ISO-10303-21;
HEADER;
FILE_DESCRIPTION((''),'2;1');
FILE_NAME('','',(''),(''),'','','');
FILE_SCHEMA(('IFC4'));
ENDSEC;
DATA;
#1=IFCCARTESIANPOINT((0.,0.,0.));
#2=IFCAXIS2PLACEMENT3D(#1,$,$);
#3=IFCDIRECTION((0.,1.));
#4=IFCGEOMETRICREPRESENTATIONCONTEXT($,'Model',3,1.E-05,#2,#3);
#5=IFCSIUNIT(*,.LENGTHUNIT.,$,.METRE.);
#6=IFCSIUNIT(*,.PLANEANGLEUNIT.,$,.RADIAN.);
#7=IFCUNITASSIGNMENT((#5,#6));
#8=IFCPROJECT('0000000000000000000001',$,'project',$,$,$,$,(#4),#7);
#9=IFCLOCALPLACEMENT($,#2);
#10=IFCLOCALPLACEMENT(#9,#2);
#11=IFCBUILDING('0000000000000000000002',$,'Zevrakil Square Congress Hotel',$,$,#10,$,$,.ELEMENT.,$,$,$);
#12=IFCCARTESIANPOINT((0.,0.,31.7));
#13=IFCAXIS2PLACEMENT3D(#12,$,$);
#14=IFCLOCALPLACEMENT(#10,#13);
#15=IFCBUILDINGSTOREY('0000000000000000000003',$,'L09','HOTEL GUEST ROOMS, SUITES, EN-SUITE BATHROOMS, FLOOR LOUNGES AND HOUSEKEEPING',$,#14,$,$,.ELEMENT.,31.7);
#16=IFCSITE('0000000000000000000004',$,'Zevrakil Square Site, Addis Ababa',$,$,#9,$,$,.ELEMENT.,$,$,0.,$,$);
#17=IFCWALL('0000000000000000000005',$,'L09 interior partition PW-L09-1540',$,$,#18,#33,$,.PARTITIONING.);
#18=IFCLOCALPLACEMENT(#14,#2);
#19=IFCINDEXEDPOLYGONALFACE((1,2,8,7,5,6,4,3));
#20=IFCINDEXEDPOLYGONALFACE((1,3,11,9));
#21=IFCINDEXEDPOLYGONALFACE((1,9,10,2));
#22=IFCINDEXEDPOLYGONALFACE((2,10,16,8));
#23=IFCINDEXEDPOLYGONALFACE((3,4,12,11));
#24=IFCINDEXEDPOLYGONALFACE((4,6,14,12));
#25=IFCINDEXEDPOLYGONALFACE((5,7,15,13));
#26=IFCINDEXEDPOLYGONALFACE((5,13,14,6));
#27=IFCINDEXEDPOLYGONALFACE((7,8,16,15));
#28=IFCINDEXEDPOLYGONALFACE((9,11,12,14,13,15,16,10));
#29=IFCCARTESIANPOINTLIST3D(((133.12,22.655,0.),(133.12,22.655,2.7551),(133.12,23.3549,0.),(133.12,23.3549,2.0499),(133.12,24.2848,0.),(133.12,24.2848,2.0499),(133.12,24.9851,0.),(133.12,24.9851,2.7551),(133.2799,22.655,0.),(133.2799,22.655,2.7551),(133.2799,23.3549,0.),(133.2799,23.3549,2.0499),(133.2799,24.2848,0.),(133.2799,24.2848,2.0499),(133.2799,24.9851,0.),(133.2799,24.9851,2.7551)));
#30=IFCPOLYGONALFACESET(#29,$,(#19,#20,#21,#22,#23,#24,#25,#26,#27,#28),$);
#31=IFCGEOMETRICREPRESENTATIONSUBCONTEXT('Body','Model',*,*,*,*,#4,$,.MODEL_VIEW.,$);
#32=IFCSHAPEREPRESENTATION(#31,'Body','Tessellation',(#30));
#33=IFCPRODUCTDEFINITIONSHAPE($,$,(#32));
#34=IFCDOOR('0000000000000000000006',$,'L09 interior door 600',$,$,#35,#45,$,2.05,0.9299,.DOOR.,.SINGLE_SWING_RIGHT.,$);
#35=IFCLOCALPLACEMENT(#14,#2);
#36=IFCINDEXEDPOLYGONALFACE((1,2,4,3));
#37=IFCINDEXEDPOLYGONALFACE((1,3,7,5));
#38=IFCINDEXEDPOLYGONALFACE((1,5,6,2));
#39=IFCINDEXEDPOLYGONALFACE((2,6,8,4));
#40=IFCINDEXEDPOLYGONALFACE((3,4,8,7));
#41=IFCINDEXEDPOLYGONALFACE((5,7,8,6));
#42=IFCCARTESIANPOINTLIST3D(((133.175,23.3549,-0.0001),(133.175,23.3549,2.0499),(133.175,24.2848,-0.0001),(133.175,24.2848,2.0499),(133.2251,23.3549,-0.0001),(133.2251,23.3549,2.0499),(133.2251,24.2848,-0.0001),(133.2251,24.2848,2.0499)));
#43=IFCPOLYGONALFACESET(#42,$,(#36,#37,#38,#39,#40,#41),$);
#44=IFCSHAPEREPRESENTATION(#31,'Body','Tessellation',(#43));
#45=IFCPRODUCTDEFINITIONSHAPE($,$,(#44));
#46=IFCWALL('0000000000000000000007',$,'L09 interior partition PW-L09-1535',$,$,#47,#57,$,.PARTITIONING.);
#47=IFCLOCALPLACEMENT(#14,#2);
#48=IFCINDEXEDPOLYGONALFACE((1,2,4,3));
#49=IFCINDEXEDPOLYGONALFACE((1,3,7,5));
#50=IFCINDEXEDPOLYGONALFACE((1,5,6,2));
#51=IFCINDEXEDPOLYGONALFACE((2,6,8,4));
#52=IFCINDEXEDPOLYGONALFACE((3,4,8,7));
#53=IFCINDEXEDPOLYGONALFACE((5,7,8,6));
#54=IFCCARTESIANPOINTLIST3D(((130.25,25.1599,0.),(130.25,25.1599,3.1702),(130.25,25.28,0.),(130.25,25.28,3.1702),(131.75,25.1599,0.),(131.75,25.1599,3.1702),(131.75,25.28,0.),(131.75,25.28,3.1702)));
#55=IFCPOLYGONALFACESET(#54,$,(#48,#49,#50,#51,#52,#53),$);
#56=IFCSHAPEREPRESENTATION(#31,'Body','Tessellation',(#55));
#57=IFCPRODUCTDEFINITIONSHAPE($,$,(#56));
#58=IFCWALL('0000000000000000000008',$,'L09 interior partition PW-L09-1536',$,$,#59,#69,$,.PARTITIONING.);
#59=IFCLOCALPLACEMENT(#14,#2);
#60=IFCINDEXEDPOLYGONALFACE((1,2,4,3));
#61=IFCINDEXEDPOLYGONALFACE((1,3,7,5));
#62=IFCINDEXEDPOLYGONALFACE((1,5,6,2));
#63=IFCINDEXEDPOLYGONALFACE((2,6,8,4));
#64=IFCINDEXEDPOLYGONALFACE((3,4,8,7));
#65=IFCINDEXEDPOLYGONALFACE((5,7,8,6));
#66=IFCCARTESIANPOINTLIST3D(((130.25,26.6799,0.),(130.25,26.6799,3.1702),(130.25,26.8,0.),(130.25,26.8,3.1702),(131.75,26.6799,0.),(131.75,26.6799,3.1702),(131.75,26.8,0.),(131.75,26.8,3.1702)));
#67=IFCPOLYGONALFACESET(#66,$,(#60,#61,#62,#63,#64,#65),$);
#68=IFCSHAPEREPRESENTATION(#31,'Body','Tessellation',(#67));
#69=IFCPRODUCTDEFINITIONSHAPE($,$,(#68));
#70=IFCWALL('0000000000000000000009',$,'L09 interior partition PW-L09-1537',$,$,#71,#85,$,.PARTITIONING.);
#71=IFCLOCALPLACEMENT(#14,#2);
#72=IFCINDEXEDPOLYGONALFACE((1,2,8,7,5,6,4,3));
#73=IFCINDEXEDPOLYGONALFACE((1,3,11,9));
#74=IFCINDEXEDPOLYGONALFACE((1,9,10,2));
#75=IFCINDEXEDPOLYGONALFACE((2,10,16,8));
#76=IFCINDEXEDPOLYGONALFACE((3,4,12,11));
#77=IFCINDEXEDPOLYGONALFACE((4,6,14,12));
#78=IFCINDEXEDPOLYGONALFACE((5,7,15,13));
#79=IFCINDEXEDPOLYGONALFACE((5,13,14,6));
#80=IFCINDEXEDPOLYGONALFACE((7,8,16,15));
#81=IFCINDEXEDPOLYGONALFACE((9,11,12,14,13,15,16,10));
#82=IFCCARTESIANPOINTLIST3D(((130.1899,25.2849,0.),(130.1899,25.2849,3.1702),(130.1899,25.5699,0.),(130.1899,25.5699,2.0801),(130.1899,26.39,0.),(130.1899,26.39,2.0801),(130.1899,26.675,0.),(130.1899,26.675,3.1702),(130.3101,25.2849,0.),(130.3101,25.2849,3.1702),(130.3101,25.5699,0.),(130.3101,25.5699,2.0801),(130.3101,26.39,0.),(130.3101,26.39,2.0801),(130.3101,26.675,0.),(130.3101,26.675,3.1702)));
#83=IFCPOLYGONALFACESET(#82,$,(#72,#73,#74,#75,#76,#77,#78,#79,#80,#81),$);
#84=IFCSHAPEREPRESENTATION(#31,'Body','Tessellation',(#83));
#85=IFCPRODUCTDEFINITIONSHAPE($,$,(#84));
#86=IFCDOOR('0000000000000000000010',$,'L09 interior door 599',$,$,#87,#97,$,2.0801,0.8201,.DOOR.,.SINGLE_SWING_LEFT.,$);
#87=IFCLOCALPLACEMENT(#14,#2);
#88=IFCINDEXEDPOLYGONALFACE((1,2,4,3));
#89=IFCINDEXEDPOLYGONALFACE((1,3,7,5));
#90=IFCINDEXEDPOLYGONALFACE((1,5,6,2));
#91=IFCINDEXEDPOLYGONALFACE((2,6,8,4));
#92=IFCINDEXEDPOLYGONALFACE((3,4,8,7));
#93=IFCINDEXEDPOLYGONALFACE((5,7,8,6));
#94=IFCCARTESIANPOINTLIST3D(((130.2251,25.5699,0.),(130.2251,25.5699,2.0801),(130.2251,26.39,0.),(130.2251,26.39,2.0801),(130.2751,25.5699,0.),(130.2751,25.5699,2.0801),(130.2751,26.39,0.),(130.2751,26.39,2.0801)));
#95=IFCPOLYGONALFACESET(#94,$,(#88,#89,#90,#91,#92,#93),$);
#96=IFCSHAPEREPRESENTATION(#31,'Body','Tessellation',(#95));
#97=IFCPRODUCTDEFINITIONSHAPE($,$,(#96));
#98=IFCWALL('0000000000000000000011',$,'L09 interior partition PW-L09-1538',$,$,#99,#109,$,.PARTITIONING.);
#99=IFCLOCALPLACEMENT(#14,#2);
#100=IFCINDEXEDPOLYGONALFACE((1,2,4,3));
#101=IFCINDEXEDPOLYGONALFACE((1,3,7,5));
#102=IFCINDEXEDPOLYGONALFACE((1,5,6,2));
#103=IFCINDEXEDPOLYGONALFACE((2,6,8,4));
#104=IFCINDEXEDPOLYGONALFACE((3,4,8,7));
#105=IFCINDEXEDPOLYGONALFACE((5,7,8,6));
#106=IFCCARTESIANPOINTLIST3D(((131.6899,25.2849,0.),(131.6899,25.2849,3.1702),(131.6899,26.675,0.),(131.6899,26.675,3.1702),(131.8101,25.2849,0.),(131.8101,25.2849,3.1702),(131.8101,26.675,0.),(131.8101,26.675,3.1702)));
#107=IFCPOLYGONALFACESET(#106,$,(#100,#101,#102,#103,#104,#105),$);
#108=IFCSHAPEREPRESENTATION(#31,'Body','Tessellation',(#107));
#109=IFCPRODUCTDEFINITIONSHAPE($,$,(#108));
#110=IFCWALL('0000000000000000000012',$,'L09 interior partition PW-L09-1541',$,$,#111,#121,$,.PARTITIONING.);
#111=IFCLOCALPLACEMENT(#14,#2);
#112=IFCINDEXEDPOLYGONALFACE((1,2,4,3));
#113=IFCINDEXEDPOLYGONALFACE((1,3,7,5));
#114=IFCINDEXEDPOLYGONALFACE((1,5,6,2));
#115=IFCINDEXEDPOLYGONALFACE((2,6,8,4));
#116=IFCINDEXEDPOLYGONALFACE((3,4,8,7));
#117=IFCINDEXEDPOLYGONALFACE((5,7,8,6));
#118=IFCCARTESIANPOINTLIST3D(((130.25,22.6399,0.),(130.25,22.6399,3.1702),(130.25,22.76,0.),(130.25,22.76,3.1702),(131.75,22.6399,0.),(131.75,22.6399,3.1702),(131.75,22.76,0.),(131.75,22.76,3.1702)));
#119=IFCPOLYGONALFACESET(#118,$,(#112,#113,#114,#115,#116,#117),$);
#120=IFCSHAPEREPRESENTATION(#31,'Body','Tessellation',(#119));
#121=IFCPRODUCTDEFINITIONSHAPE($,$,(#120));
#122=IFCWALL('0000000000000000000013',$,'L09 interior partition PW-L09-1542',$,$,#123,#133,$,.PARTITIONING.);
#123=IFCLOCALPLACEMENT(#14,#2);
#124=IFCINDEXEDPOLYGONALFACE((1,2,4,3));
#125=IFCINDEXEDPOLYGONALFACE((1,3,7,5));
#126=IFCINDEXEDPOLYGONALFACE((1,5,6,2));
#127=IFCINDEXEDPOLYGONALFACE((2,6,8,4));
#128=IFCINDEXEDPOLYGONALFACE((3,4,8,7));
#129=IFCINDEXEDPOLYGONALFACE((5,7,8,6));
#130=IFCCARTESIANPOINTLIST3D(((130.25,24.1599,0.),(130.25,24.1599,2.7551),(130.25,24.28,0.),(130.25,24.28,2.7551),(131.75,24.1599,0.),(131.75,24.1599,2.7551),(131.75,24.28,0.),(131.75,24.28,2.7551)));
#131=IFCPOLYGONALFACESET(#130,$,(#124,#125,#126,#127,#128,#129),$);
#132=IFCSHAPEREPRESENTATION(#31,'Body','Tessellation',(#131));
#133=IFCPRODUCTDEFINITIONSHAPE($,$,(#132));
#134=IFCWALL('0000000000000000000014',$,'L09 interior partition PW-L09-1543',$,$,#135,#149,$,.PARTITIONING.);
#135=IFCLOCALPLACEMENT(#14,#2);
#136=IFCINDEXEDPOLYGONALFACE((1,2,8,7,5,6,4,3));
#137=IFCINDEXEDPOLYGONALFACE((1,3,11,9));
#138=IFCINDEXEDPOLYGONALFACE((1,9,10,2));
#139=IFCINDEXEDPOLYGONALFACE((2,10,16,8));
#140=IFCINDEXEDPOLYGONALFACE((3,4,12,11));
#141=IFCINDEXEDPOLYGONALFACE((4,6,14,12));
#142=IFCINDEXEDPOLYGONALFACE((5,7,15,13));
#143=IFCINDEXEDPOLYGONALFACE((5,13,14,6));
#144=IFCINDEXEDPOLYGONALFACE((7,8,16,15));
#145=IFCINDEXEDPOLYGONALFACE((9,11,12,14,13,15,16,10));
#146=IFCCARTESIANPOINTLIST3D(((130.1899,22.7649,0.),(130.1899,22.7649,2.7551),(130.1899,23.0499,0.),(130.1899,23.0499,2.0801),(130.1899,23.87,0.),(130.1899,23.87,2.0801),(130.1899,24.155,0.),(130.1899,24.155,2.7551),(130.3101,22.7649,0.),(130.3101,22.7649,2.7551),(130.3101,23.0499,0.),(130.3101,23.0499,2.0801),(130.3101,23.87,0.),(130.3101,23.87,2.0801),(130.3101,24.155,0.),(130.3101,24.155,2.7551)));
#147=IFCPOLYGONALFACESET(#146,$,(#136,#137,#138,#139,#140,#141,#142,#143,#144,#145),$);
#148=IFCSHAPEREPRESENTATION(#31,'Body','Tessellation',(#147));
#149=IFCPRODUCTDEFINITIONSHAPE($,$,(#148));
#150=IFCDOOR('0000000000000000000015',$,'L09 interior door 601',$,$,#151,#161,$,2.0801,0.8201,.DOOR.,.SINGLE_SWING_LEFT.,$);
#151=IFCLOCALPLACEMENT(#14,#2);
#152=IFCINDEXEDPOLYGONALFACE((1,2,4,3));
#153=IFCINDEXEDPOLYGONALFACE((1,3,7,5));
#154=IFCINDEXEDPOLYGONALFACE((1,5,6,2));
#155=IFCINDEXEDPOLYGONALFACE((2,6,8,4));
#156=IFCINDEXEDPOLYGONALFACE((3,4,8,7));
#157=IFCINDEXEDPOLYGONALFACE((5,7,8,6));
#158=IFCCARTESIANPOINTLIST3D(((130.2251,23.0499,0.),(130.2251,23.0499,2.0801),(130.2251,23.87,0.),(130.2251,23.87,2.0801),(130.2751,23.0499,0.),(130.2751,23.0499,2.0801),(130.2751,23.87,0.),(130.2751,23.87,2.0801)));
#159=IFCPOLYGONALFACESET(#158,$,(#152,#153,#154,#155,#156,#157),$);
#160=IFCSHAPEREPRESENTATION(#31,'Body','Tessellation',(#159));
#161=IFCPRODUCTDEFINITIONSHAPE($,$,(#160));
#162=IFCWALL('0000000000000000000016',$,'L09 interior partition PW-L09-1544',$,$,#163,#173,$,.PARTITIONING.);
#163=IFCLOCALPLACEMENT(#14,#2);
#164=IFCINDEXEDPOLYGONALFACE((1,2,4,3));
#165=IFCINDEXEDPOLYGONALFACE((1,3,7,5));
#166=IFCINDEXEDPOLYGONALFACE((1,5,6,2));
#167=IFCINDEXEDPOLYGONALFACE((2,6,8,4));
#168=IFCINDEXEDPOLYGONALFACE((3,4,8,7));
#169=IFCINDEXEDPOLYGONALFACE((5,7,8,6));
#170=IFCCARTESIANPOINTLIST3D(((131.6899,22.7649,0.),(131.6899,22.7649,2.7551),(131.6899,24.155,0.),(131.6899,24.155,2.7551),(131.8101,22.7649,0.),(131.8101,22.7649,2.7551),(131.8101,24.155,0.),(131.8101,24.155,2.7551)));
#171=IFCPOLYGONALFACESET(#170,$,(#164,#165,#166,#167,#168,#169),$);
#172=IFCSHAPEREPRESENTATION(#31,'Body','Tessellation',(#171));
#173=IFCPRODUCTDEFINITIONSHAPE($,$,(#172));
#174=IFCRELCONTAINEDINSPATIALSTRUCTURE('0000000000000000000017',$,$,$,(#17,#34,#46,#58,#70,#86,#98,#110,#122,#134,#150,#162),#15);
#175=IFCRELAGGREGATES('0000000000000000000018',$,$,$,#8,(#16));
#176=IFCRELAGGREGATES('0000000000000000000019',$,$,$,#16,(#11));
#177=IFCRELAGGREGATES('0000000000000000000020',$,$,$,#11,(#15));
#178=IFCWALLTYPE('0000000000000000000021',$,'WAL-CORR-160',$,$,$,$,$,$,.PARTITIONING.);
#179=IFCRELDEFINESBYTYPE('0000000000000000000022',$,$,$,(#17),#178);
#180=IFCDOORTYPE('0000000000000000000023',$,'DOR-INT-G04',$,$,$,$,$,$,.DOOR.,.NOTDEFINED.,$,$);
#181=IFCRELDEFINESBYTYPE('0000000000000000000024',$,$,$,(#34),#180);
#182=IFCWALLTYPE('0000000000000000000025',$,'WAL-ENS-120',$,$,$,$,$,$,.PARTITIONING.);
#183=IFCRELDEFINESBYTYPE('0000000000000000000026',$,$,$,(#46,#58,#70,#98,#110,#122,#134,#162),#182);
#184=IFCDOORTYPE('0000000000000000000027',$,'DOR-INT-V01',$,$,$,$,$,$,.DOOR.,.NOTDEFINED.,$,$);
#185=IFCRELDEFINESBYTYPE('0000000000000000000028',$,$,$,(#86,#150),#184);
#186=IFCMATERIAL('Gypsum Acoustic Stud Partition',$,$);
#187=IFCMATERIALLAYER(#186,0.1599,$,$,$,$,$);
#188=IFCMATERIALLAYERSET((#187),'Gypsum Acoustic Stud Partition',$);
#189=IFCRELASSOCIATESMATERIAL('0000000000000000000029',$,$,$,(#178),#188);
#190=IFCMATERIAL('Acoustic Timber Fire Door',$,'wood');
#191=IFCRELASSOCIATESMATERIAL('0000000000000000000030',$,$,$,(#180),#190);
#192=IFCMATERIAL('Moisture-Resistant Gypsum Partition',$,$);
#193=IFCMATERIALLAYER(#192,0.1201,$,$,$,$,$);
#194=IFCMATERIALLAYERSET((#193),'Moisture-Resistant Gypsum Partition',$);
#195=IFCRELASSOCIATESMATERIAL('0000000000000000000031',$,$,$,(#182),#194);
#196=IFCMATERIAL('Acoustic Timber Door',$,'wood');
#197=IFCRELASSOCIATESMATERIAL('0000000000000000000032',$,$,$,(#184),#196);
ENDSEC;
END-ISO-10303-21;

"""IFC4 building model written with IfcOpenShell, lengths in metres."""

from ifc_helpers import new_model, si_unit, direction, frame, frame_2d, origin, place, context, subcontext, project, spatial, rectangle, extrude, material, layer, layer_set, type_object, element, fill, save


model = new_model("IFC4")

# Units and contexts
model_context = context("Model", 3, precision=1e-05, world=origin(), true_north=direction((0.0, 1.0)))
body_context = subcontext(model_context, "Body", "Model", "MODEL_VIEW")
ifc_project = project(units=[si_unit("LENGTHUNIT", "METRE"), si_unit("PLANEANGLEUNIT", "RADIAN")], contexts=[model_context])

# Site, building, storey
site_placement = place(None, origin())
site = spatial("IfcSite", under=ifc_project, at=site_placement, Name="Zevrakil Square Site, Addis Ababa", CompositionType="ELEMENT", RefElevation=0.0)
building_placement = place(site_placement, origin())
building = spatial("IfcBuilding", under=site, at=building_placement, Name="Zevrakil Square Congress Hotel", CompositionType="ELEMENT")
storey_placement = place(building_placement, frame((0.0, 0.0, 31.7)))
storey = spatial("IfcBuildingStorey", under=building, at=storey_placement, Name="L09", Description="HOTEL GUEST ROOMS, SUITES, EN-SUITE BATHROOMS, FLOOR LOUNGES AND HOUSEKEEPING", CompositionType="ELEMENT", Elevation=31.7)

# Wall, opening, door
ifc_material_1 = material(Name="Gypsum Acoustic Stud Partition")
ifc_layer_1 = layer(ifc_material_1, 0.1599)
ifc_layer_set_1 = layer_set([ifc_layer_1], Name="Gypsum Acoustic Stud Partition")
wall_type_1 = type_object("IfcWallType", Name="WAL-CORR-160", PredefinedType="PARTITIONING", material=ifc_layer_set_1)
wall_1_placement = place(storey_placement, frame((133.2, 22.655, 0.0), z_axis=(0.0, 0.0, 1.0), x_axis=(0.0, 1.0, 0.0)))
wall_1 = element("IfcWall", 1, at=wall_1_placement, inside=storey, type_object=wall_type_1, Name="L09 interior partition PW-L09-1540", PredefinedType="PARTITIONING", context=body_context, shape_type="SweptSolid", body=[
    extrude(rectangle(XDim=2.3301, YDim=0.1599, at=frame_2d((1.165, 0.0))), origin(), (0.0, 0.0, 1.0), 2.7551),
])
opening_1_placement = place(wall_1_placement, frame((0.7, 0.0, 0.0)))
opening_1 = element("IfcOpeningElement", 2, at=opening_1_placement, cuts=wall_1, PredefinedType="OPENING", context=body_context, shape_type="SweptSolid", body=[
    extrude(rectangle(XDim=0.9299, YDim=2.05, at=frame_2d((0.4648, 1.0249))), frame((0.0, 0.0898, 0.0), z_axis=(0.0, -1.0, 0.0), x_axis=(1.0, 0.0, 0.0)), (0.0, 0.0, 1.0), 0.1799),
])
ifc_material_2 = material(Name="Acoustic Timber Fire Door", Category="wood")
door_type_1 = type_object("IfcDoorType", Name="DOR-INT-G04", OperationType="NOTDEFINED", PredefinedType="DOOR", material=ifc_material_2)
door_1_placement = place(opening_1_placement, origin())
door_1 = element("IfcDoor", 3, at=door_1_placement, inside=storey, type_object=door_type_1, Name="L09 interior door 600", OperationType="SINGLE_SWING_RIGHT", OverallHeight=2.05, OverallWidth=0.9299, PredefinedType="DOOR", context=body_context, shape_type="SweptSolid", body=[
    extrude(rectangle(XDim=0.9299, YDim=2.05, at=frame_2d((0.4648, 1.0249))), frame((0.0, 0.0249, 0.0), z_axis=(0.0, -1.0, 0.0), x_axis=(1.0, 0.0, 0.0)), (0.0, 0.0, 1.0), 0.05),
])
fill(opening_1, door_1)

# Walls
ifc_material_3 = material(Name="Moisture-Resistant Gypsum Partition")
ifc_layer_2 = layer(ifc_material_3, 0.1201)
ifc_layer_set_2 = layer_set([ifc_layer_2], Name="Moisture-Resistant Gypsum Partition")
wall_type_2 = type_object("IfcWallType", Name="WAL-ENS-120", PredefinedType="PARTITIONING", material=ifc_layer_set_2)
for number, where, z_axis, x_axis, name in (
    (4, (130.25, 25.22, 0.0), (0.0, 0.0, 1.0), (1.0, 0.0, 0.0), "L09 interior partition PW-L09-1535"),
    (5, (130.25, 26.74, 0.0), (0.0, 0.0, 1.0), (1.0, 0.0, 0.0), "L09 interior partition PW-L09-1536"),
):
    element("IfcWall", number, at=place(storey_placement, frame(where, z_axis=z_axis, x_axis=x_axis)), inside=storey, type_object=wall_type_2, Name=name, PredefinedType="PARTITIONING", context=body_context, shape_type="SweptSolid", body=[
        extrude(rectangle(XDim=1.5, YDim=0.1201, at=frame_2d((0.75, 0.0))), origin(), (0.0, 0.0, 1.0), 3.1702),
    ])

# Wall, opening, door
wall_2_placement = place(storey_placement, frame((130.25, 25.2849, 0.0), z_axis=(0.0, 0.0, 1.0), x_axis=(0.0, 1.0, 0.0)))
wall_2 = element("IfcWall", 6, at=wall_2_placement, inside=storey, type_object=wall_type_2, Name="L09 interior partition PW-L09-1537", PredefinedType="PARTITIONING", context=body_context, shape_type="SweptSolid", body=[
    extrude(rectangle(XDim=1.3901, YDim=0.1201, at=frame_2d((0.6951, 0.0))), origin(), (0.0, 0.0, 1.0), 3.1702),
])
opening_2_placement = place(wall_2_placement, frame((0.2849, 0.0, 0.0)))
opening_2 = element("IfcOpeningElement", 7, at=opening_2_placement, cuts=wall_2, PredefinedType="OPENING", context=body_context, shape_type="SweptSolid", body=[
    extrude(rectangle(XDim=0.8201, YDim=2.0801, at=frame_2d((0.4102, 1.04))), frame((0.0, 0.0701, 0.0), z_axis=(0.0, -1.0, 0.0), x_axis=(1.0, 0.0, 0.0)), (0.0, 0.0, 1.0), 0.1401),
])
ifc_material_4 = material(Name="Acoustic Timber Door", Category="wood")
door_type_2 = type_object("IfcDoorType", Name="DOR-INT-V01", OperationType="NOTDEFINED", PredefinedType="DOOR", material=ifc_material_4)
door_2_placement = place(opening_2_placement, origin())
door_2 = element("IfcDoor", 8, at=door_2_placement, inside=storey, type_object=door_type_2, Name="L09 interior door 599", OperationType="SINGLE_SWING_LEFT", OverallHeight=2.0801, OverallWidth=0.8201, PredefinedType="DOOR", context=body_context, shape_type="SweptSolid", body=[
    extrude(rectangle(XDim=0.8201, YDim=2.0801, at=frame_2d((0.4102, 1.04))), frame((0.0, 0.0249, 0.0), z_axis=(0.0, -1.0, 0.0), x_axis=(1.0, 0.0, 0.0)), (0.0, 0.0, 1.0), 0.05),
])
fill(opening_2, door_2)

# Walls
wall_3_placement = place(storey_placement, frame((131.75, 25.2849, 0.0), z_axis=(0.0, 0.0, 1.0), x_axis=(0.0, 1.0, 0.0)))
element("IfcWall", 9, at=wall_3_placement, inside=storey, type_object=wall_type_2, Name="L09 interior partition PW-L09-1538", PredefinedType="PARTITIONING", context=body_context, shape_type="SweptSolid", body=[
    extrude(rectangle(XDim=1.3901, YDim=0.1201, at=frame_2d((0.6951, 0.0))), origin(), (0.0, 0.0, 1.0), 3.1702),
])
wall_4_placement = place(storey_placement, frame((130.25, 22.7, 0.0), z_axis=(0.0, 0.0, 1.0), x_axis=(1.0, 0.0, 0.0)))
element("IfcWall", 10, at=wall_4_placement, inside=storey, type_object=wall_type_2, Name="L09 interior partition PW-L09-1541", PredefinedType="PARTITIONING", context=body_context, shape_type="SweptSolid", body=[
    extrude(rectangle(XDim=1.5, YDim=0.1201, at=frame_2d((0.75, 0.0))), origin(), (0.0, 0.0, 1.0), 3.1702),
])
wall_5_placement = place(storey_placement, frame((130.25, 24.22, 0.0), z_axis=(0.0, 0.0, 1.0), x_axis=(1.0, 0.0, 0.0)))
element("IfcWall", 11, at=wall_5_placement, inside=storey, type_object=wall_type_2, Name="L09 interior partition PW-L09-1542", PredefinedType="PARTITIONING", context=body_context, shape_type="SweptSolid", body=[
    extrude(rectangle(XDim=1.5, YDim=0.1201, at=frame_2d((0.75, 0.0))), origin(), (0.0, 0.0, 1.0), 2.7551),
])

# Wall, opening, door
wall_6_placement = place(storey_placement, frame((130.25, 22.7649, 0.0), z_axis=(0.0, 0.0, 1.0), x_axis=(0.0, 1.0, 0.0)))
wall_6 = element("IfcWall", 12, at=wall_6_placement, inside=storey, type_object=wall_type_2, Name="L09 interior partition PW-L09-1543", PredefinedType="PARTITIONING", context=body_context, shape_type="SweptSolid", body=[
    extrude(rectangle(XDim=1.3901, YDim=0.1201, at=frame_2d((0.6951, 0.0))), origin(), (0.0, 0.0, 1.0), 2.7551),
])
opening_3_placement = place(wall_6_placement, frame((0.2849, 0.0, 0.0)))
opening_3 = element("IfcOpeningElement", 13, at=opening_3_placement, cuts=wall_6, PredefinedType="OPENING", context=body_context, shape_type="SweptSolid", body=[
    extrude(rectangle(XDim=0.8201, YDim=2.0801, at=frame_2d((0.4102, 1.04))), frame((0.0, 0.0701, 0.0), z_axis=(0.0, -1.0, 0.0), x_axis=(1.0, 0.0, 0.0)), (0.0, 0.0, 1.0), 0.1401),
])
door_3_placement = place(opening_3_placement, origin())
door_3 = element("IfcDoor", 14, at=door_3_placement, inside=storey, type_object=door_type_2, Name="L09 interior door 601", OperationType="SINGLE_SWING_LEFT", OverallHeight=2.0801, OverallWidth=0.8201, PredefinedType="DOOR", context=body_context, shape_type="SweptSolid", body=[
    extrude(rectangle(XDim=0.8201, YDim=2.0801, at=frame_2d((0.4102, 1.04))), frame((0.0, 0.0249, 0.0), z_axis=(0.0, -1.0, 0.0), x_axis=(1.0, 0.0, 0.0)), (0.0, 0.0, 1.0), 0.05),
])
fill(opening_3, door_3)

# Wall
wall_7_placement = place(storey_placement, frame((131.75, 22.7649, 0.0), z_axis=(0.0, 0.0, 1.0), x_axis=(0.0, 1.0, 0.0)))
element("IfcWall", 15, at=wall_7_placement, inside=storey, type_object=wall_type_2, Name="L09 interior partition PW-L09-1544", PredefinedType="PARTITIONING", context=body_context, shape_type="SweptSolid", body=[
    extrude(rectangle(XDim=1.3901, YDim=0.1201, at=frame_2d((0.6951, 0.0))), origin(), (0.0, 0.0, 1.0), 2.7551),
])

save(model, "model.ifc")
